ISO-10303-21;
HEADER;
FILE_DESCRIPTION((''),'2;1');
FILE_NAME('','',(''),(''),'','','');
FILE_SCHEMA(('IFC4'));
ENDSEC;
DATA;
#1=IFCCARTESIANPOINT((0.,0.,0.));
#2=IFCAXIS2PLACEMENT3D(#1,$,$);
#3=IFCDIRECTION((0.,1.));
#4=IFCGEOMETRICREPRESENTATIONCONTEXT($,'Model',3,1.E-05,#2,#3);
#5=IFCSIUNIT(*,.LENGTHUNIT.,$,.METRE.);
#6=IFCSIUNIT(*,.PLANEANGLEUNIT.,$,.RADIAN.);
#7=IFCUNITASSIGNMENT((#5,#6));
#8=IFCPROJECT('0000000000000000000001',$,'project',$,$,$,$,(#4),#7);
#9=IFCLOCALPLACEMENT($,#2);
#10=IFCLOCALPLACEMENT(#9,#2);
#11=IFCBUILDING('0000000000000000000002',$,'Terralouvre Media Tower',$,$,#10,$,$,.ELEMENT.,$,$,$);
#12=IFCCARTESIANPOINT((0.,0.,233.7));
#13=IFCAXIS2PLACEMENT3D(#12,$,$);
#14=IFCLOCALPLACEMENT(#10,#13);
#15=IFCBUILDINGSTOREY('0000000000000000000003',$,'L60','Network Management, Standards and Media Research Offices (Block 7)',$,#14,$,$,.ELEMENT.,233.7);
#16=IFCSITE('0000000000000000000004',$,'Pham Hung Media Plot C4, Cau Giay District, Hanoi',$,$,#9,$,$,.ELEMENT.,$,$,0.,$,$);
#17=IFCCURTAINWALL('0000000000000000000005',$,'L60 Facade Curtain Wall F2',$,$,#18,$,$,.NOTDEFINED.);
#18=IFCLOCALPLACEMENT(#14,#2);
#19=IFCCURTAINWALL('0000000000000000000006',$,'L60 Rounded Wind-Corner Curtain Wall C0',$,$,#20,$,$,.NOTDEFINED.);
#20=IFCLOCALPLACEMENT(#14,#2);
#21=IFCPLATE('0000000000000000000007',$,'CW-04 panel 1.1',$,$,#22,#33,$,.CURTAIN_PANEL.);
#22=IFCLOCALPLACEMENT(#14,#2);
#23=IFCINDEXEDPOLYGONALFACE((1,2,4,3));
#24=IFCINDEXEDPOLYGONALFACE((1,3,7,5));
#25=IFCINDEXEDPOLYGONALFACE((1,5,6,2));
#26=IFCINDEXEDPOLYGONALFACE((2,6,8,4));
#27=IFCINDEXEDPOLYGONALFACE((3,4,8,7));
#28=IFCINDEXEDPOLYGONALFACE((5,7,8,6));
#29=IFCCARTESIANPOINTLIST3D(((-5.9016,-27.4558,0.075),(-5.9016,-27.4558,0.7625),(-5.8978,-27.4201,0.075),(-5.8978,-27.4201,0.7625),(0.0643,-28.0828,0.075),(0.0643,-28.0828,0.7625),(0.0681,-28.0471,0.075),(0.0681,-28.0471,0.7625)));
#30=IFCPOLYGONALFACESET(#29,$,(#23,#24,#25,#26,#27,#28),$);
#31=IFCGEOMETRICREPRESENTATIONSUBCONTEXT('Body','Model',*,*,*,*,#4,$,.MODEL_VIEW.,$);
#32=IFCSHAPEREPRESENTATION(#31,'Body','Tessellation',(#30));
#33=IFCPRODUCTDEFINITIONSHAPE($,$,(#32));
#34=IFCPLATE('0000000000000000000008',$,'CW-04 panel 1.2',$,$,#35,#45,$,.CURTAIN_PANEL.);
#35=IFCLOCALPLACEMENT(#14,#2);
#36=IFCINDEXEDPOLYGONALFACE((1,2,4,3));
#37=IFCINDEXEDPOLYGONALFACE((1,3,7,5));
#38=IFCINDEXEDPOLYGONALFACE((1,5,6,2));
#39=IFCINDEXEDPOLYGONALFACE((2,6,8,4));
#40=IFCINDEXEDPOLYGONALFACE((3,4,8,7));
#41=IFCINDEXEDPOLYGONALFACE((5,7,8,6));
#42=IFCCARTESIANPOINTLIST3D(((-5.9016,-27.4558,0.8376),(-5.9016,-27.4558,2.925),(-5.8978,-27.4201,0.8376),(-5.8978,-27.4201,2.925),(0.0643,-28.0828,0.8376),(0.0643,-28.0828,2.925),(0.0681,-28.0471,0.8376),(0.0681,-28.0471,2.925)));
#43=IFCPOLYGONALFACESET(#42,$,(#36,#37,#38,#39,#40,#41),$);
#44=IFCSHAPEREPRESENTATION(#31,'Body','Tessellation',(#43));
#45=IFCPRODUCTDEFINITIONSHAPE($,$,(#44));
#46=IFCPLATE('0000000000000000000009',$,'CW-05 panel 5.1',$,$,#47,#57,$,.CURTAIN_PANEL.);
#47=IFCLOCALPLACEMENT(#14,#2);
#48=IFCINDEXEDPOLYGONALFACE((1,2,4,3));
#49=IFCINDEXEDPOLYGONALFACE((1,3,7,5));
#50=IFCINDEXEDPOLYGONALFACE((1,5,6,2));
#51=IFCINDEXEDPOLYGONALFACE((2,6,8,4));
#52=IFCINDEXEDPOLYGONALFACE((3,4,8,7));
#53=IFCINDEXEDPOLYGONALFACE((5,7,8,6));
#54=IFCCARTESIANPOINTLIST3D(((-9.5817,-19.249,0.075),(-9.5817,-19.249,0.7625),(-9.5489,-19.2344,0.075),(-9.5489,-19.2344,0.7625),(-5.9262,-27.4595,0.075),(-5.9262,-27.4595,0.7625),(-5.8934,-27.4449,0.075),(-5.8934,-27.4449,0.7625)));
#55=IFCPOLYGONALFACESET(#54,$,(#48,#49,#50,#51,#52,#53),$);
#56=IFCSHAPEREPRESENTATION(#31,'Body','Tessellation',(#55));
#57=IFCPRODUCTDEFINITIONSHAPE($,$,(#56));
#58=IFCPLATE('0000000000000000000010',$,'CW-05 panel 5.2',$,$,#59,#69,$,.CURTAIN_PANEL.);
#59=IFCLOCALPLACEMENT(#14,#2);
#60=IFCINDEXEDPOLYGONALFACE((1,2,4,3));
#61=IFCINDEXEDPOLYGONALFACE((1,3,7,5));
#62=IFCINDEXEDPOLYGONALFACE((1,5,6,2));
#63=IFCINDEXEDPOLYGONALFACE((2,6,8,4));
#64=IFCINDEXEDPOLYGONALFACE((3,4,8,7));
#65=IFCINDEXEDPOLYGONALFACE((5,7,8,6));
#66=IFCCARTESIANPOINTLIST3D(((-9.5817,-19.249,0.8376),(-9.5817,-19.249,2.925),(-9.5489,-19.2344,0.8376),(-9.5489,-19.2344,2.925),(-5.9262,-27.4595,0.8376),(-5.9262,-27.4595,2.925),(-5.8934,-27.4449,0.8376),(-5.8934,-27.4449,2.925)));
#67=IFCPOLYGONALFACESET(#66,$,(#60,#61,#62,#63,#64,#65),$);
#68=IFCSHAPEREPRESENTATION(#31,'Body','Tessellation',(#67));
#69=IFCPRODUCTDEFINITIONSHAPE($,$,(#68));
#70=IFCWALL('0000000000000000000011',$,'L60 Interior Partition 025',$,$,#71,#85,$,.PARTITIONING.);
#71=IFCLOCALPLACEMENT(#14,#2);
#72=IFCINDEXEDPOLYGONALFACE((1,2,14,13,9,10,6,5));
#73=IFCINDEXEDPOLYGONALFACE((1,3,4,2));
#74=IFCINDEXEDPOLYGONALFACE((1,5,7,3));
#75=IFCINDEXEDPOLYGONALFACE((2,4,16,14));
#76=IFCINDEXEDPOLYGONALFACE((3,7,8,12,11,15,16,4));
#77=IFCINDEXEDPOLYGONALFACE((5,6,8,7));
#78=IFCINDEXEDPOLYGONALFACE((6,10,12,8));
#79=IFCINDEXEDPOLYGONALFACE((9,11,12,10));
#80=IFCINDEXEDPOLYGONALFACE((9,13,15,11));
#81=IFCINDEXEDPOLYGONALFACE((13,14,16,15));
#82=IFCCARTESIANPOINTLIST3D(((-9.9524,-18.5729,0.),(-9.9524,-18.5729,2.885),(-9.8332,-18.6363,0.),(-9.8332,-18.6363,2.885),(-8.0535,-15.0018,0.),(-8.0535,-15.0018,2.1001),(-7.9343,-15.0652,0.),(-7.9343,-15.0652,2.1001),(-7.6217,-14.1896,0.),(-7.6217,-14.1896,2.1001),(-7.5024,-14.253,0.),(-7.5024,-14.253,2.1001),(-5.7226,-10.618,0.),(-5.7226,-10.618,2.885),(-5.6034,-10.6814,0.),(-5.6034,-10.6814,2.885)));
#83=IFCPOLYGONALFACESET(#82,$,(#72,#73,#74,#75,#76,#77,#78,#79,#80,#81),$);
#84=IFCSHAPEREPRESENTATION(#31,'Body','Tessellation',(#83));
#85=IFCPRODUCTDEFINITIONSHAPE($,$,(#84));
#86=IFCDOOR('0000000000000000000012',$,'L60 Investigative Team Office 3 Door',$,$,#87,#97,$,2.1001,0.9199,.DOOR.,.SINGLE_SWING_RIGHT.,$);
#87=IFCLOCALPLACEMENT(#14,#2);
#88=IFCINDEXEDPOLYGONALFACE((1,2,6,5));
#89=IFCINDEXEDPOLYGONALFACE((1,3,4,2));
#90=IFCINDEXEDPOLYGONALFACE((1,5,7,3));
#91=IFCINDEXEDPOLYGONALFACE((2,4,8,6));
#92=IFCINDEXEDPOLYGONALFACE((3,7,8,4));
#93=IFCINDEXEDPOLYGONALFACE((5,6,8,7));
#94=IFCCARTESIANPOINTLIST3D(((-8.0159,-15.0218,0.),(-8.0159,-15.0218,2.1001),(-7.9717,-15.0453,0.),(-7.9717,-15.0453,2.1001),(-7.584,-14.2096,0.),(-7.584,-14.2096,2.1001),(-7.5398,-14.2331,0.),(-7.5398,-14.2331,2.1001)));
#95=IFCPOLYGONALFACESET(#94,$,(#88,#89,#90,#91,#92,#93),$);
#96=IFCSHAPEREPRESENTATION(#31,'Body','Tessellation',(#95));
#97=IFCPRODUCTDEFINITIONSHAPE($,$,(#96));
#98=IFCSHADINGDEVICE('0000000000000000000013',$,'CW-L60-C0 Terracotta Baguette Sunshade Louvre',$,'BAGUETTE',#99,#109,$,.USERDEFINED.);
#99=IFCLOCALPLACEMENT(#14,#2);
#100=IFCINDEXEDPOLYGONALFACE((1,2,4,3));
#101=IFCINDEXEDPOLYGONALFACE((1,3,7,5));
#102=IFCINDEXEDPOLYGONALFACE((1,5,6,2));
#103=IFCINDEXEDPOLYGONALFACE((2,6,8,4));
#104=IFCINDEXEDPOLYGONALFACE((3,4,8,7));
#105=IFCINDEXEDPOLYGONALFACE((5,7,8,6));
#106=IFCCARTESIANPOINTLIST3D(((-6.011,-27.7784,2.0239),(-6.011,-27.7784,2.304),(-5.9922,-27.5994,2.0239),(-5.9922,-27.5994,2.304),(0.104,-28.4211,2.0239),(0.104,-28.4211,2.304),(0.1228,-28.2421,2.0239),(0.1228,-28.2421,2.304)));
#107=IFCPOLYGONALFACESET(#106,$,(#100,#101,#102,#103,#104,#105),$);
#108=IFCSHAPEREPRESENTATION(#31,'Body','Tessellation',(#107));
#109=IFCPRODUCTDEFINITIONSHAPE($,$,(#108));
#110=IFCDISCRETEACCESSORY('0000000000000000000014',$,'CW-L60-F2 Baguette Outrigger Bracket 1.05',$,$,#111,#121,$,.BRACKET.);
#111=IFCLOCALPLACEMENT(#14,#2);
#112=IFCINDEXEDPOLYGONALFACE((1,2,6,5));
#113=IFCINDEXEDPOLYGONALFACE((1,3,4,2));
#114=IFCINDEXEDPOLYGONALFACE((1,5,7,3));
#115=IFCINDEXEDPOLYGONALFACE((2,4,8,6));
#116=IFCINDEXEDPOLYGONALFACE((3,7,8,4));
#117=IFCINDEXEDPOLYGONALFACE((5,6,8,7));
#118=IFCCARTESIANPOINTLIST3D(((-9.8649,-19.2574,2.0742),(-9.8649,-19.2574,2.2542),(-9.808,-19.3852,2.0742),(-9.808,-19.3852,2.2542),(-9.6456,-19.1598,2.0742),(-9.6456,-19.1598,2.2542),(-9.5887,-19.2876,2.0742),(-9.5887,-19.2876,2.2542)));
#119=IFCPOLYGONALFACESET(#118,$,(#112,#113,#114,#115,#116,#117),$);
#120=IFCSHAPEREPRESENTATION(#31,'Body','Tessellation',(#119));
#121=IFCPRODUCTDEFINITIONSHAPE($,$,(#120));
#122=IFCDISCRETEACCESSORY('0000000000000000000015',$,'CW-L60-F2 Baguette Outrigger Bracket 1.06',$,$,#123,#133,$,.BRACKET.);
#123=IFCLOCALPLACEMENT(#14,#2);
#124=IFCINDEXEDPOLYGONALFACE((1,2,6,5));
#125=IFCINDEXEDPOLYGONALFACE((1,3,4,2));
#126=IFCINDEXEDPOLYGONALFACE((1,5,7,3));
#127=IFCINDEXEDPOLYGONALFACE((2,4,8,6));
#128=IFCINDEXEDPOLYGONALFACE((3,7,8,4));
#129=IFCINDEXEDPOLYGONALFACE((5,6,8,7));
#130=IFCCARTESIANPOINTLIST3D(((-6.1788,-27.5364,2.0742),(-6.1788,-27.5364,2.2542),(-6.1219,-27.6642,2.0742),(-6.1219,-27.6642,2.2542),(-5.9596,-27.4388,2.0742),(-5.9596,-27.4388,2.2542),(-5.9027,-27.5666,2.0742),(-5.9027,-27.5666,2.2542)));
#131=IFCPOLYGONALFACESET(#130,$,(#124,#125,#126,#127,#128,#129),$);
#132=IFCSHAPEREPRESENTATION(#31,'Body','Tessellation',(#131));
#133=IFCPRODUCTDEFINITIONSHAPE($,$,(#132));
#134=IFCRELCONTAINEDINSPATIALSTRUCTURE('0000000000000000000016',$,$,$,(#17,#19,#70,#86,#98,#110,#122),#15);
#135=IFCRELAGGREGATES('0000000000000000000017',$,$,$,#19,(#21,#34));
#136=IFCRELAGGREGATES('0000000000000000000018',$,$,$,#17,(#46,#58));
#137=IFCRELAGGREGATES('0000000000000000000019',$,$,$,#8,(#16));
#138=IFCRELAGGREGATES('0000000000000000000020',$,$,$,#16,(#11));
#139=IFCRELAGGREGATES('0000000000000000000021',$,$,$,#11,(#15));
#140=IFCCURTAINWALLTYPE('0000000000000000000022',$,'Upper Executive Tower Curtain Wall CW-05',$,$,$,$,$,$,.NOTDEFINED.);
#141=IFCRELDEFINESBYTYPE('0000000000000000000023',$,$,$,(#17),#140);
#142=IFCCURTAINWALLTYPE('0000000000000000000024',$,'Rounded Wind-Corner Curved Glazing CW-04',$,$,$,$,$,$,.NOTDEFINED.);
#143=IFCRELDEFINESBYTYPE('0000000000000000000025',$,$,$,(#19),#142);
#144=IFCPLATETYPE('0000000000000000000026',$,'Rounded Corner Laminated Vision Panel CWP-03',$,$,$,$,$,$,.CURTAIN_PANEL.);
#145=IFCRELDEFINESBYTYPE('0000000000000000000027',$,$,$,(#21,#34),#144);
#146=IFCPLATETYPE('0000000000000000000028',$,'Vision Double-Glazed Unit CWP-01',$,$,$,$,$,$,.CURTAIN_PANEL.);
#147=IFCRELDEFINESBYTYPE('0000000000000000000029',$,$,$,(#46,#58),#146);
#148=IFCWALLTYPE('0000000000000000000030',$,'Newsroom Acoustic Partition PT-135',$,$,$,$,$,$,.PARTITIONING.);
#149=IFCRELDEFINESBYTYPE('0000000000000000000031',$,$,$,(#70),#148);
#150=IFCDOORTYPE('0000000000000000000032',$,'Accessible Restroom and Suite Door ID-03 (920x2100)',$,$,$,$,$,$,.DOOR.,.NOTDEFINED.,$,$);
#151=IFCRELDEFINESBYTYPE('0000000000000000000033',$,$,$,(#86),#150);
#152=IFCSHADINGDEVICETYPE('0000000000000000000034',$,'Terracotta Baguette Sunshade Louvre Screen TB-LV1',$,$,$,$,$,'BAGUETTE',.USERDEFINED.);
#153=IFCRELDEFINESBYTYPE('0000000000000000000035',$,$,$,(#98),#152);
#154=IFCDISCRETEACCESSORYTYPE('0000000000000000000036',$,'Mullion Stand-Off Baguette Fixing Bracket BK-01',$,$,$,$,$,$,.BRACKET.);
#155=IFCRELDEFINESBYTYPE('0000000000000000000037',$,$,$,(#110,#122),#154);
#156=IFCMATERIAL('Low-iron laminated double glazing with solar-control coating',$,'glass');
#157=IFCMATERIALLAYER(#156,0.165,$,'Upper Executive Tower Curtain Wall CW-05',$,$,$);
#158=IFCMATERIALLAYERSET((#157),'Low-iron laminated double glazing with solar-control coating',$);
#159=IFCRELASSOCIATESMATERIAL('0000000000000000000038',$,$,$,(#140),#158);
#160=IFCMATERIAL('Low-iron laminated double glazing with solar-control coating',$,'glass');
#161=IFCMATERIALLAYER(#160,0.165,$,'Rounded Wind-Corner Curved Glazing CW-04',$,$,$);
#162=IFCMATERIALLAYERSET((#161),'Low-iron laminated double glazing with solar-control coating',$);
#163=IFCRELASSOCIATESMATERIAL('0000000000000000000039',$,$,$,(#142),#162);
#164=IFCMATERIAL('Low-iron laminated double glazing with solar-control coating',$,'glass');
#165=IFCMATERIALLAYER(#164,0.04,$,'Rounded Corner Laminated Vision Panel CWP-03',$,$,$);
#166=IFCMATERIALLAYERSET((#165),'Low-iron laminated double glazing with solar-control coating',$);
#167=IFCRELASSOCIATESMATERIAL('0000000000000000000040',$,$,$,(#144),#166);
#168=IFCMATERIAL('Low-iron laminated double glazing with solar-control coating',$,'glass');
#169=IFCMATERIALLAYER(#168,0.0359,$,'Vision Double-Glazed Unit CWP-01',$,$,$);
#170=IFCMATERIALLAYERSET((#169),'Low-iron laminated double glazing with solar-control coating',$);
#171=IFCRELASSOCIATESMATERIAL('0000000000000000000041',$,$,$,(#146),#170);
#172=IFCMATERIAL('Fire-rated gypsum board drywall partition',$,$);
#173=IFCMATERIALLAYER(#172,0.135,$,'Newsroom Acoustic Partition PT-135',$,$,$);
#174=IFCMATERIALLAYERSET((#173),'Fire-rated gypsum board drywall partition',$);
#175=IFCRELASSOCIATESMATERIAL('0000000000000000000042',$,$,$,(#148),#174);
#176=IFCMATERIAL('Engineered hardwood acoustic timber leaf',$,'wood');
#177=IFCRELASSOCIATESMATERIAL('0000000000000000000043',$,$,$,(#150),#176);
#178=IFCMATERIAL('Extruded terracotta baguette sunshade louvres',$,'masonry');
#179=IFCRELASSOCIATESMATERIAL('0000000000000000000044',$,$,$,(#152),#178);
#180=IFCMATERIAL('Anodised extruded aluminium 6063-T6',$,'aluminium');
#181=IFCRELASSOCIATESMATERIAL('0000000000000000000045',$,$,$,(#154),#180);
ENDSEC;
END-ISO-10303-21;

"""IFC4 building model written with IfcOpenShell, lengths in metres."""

from ifc_helpers import new_model, si_unit, direction, frame, frame_2d, origin, origin_2d, place, context, subcontext, project, spatial, rectangle, extrude, material, layer, layer_set, type_object, element, fill, aggregate, save


model = new_model("IFC4")

# Units and contexts
model_context = context("Model", 3, precision=1e-05, world=origin(), true_north=direction((0.0, 1.0)))
body_context = subcontext(model_context, "Body", "Model", "MODEL_VIEW")
ifc_project = project(units=[si_unit("LENGTHUNIT", "METRE"), si_unit("PLANEANGLEUNIT", "RADIAN")], contexts=[model_context])

# Site, building, storey
site_placement = place(None, origin())
site = spatial("IfcSite", under=ifc_project, at=site_placement, Name="Pham Hung Media Plot C4, Cau Giay District, Hanoi", CompositionType="ELEMENT", RefElevation=0.0)
building_placement = place(site_placement, origin())
building = spatial("IfcBuilding", under=site, at=building_placement, Name="Terralouvre Media Tower", CompositionType="ELEMENT")
storey_placement = place(building_placement, frame((0.0, 0.0, 233.7)))
storey = spatial("IfcBuildingStorey", under=building, at=storey_placement, Name="L60", Description="Network Management, Standards and Media Research Offices (Block 7)", CompositionType="ELEMENT", Elevation=233.7)

# Curtain walls
ifc_material_1 = material(Name="Low-iron laminated double glazing with solar-control coating", Category="glass")
ifc_layer_1 = layer(ifc_material_1, 0.165, Name="Upper Executive Tower Curtain Wall CW-05")
ifc_layer_set_1 = layer_set([ifc_layer_1], Name="Low-iron laminated double glazing with solar-control coating")
curtain_wall_type_1 = type_object("IfcCurtainWallType", Name="Upper Executive Tower Curtain Wall CW-05", PredefinedType="NOTDEFINED", material=ifc_layer_set_1)
curtain_wall_1_placement = place(storey_placement, origin())
curtain_wall_1 = element("IfcCurtainWall", 1, at=curtain_wall_1_placement, inside=storey, type_object=curtain_wall_type_1, Name="L60 Facade Curtain Wall F2", PredefinedType="NOTDEFINED")
ifc_material_2 = material(Name="Low-iron laminated double glazing with solar-control coating", Category="glass")
ifc_layer_2 = layer(ifc_material_2, 0.165, Name="Rounded Wind-Corner Curved Glazing CW-04")
ifc_layer_set_2 = layer_set([ifc_layer_2], Name="Low-iron laminated double glazing with solar-control coating")
curtain_wall_type_2 = type_object("IfcCurtainWallType", Name="Rounded Wind-Corner Curved Glazing CW-04", PredefinedType="NOTDEFINED", material=ifc_layer_set_2)
curtain_wall_2_placement = place(storey_placement, origin())
curtain_wall_2 = element("IfcCurtainWall", 2, at=curtain_wall_2_placement, inside=storey, type_object=curtain_wall_type_2, Name="L60 Rounded Wind-Corner Curtain Wall C0", PredefinedType="NOTDEFINED")

# Plates
ifc_material_3 = material(Name="Low-iron laminated double glazing with solar-control coating", Category="glass")
ifc_layer_3 = layer(ifc_material_3, 0.04, Name="Rounded Corner Laminated Vision Panel CWP-03")
ifc_layer_set_3 = layer_set([ifc_layer_3], Name="Low-iron laminated double glazing with solar-control coating")
plate_type_1 = type_object("IfcPlateType", Name="Rounded Corner Laminated Vision Panel CWP-03", PredefinedType="CURTAIN_PANEL", material=ifc_layer_set_3)
plate_1_placement = place(storey_placement, frame((-2.9167, -27.7515, 0.075), z_axis=(0.0, 0.0, 1.0), x_axis=(0.994522, -0.104528, 0.0)))
plate_1 = element("IfcPlate", 3, at=plate_1_placement, type_object=plate_type_1, Name="CW-04 panel 1.1", PredefinedType="CURTAIN_PANEL", context=body_context, shape_type="SweptSolid", body=[
    extrude(rectangle(XDim=5.9988, YDim=0.0359, at=origin_2d()), origin(), (0.0, 0.0, 1.0), 0.6875),
])
plate_2_placement = place(storey_placement, frame((-2.9167, -27.7515, 0.8376), z_axis=(0.0, 0.0, 1.0), x_axis=(0.994522, -0.104528, 0.0)))
plate_2 = element("IfcPlate", 4, at=plate_2_placement, type_object=plate_type_1, Name="CW-04 panel 1.2", PredefinedType="CURTAIN_PANEL", context=body_context, shape_type="SweptSolid", body=[
    extrude(rectangle(XDim=5.9988, YDim=0.0359, at=origin_2d()), origin(), (0.0, 0.0, 1.0), 2.0874),
])
aggregate(curtain_wall_2, [plate_1, plate_2])
ifc_material_4 = material(Name="Low-iron laminated double glazing with solar-control coating", Category="glass")
ifc_layer_4 = layer(ifc_material_4, 0.0359, Name="Vision Double-Glazed Unit CWP-01")
ifc_layer_set_4 = layer_set([ifc_layer_4], Name="Low-iron laminated double glazing with solar-control coating")
plate_type_2 = type_object("IfcPlateType", Name="Vision Double-Glazed Unit CWP-01", PredefinedType="CURTAIN_PANEL", material=ifc_layer_set_4)
plate_3_placement = place(storey_placement, frame((-7.7375, -23.3469, 0.075), z_axis=(0.0, 0.0, 1.0), x_axis=(0.406737, -0.913545, 0.0)))
plate_3 = element("IfcPlate", 5, at=plate_3_placement, type_object=plate_type_2, Name="CW-05 panel 5.1", PredefinedType="CURTAIN_PANEL", context=body_context, shape_type="SweptSolid", body=[
    extrude(rectangle(XDim=8.9875, YDim=0.0359, at=origin_2d()), origin(), (0.0, 0.0, 1.0), 0.6875),
])
plate_4_placement = place(storey_placement, frame((-7.7375, -23.3469, 0.8376), z_axis=(0.0, 0.0, 1.0), x_axis=(0.406737, -0.913545, 0.0)))
plate_4 = element("IfcPlate", 6, at=plate_4_placement, type_object=plate_type_2, Name="CW-05 panel 5.2", PredefinedType="CURTAIN_PANEL", context=body_context, shape_type="SweptSolid", body=[
    extrude(rectangle(XDim=8.9875, YDim=0.0359, at=origin_2d()), origin(), (0.0, 0.0, 1.0), 2.0874),
])
aggregate(curtain_wall_1, [plate_3, plate_4])

# Wall, opening, door
ifc_material_5 = material(Name="Fire-rated gypsum board drywall partition")
ifc_layer_5 = layer(ifc_material_5, 0.135, Name="Newsroom Acoustic Partition PT-135")
ifc_layer_set_5 = layer_set([ifc_layer_5], Name="Fire-rated gypsum board drywall partition")
wall_type = type_object("IfcWallType", Name="Newsroom Acoustic Partition PT-135", PredefinedType="PARTITIONING", material=ifc_layer_set_5)
wall_placement = place(storey_placement, frame((-9.8928, -18.6047, 0.0), z_axis=(0.0, 0.0, 1.0), x_axis=(0.469478, 0.882944, 0.0)))
wall = element("IfcWall", 7, at=wall_placement, inside=storey, type_object=wall_type, Name="L60 Interior Partition 025", PredefinedType="PARTITIONING", context=body_context, shape_type="SweptSolid", body=[
    extrude(rectangle(XDim=9.0095, YDim=0.135, at=frame_2d((4.5049, 0.0))), origin(), (0.0, 0.0, 1.0), 2.885),
])
opening_placement = place(wall_placement, frame((4.0447, 0.0, 0.0)))
opening = element("IfcOpeningElement", 8, at=opening_placement, cuts=wall, PredefinedType="OPENING", context=body_context, shape_type="SweptSolid", body=[
    extrude(rectangle(XDim=0.9199, YDim=2.1001, at=frame_2d((0.46, 1.05))), frame((0.0, 0.0774, 0.0), z_axis=(0.0, -1.0, 0.0), x_axis=(1.0, 0.0, 0.0)), (0.0, 0.0, 1.0), 0.155),
])
ifc_material_6 = material(Name="Engineered hardwood acoustic timber leaf", Category="wood")
door_type = type_object("IfcDoorType", Name="Accessible Restroom and Suite Door ID-03 (920x2100)", OperationType="NOTDEFINED", PredefinedType="DOOR", material=ifc_material_6)
door_placement = place(opening_placement, origin())
door = element("IfcDoor", 9, at=door_placement, inside=storey, type_object=door_type, Name="L60 Investigative Team Office 3 Door", OperationType="SINGLE_SWING_RIGHT", OverallHeight=2.1001, OverallWidth=0.9199, PredefinedType="DOOR", context=body_context, shape_type="SweptSolid", body=[
    extrude(rectangle(XDim=0.9199, YDim=2.1001, at=frame_2d((0.46, 1.05))), frame((0.0, 0.0249, 0.0), z_axis=(0.0, -1.0, 0.0), x_axis=(1.0, 0.0, 0.0)), (0.0, 0.0, 1.0), 0.05),
])
fill(opening, door)

# Shading device
ifc_material_7 = material(Name="Extruded terracotta baguette sunshade louvres", Category="masonry")
shading_device_type = type_object("IfcShadingDeviceType", Name="Terracotta Baguette Sunshade Louvre Screen TB-LV1", ElementType="BAGUETTE", PredefinedType="USERDEFINED", material=ifc_material_7)
shading_device_placement = place(storey_placement, frame((-2.9441, -28.0103, 2.0239), z_axis=(0.0, 0.0, 1.0), x_axis=(0.994522, -0.104528, 0.0)))
element("IfcShadingDevice", 10, at=shading_device_placement, inside=storey, type_object=shading_device_type, Name="CW-L60-C0 Terracotta Baguette Sunshade Louvre", ObjectType="BAGUETTE", PredefinedType="USERDEFINED", context=body_context, shape_type="SweptSolid", body=[
    extrude(rectangle(XDim=6.1487, YDim=0.1799, at=origin_2d()), origin(), (0.0, 0.0, 1.0), 0.28),
])

# Discrete accessories
ifc_material_8 = material(Name="Anodised extruded aluminium 6063-T6", Category="aluminium")
discrete_accessory_type = type_object("IfcDiscreteAccessoryType", Name="Mullion Stand-Off Baguette Fixing Bracket BK-01", PredefinedType="BRACKET", material=ifc_material_8)
for number, where, z_axis, x_axis, name in (
    (11, (-9.7268, -19.2725, 2.0742), (0.0, 0.0, 1.0), (0.406737, -0.913545, 0.0), "CW-L60-F2 Baguette Outrigger Bracket 1.05"),
    (12, (-6.0408, -27.5515, 2.0742), (0.0, 0.0, 1.0), (0.406737, -0.913545, 0.0), "CW-L60-F2 Baguette Outrigger Bracket 1.06"),
):
    element("IfcDiscreteAccessory", number, at=place(storey_placement, frame(where, z_axis=z_axis, x_axis=x_axis)), inside=storey, type_object=discrete_accessory_type, Name=name, PredefinedType="BRACKET", context=body_context, shape_type="SweptSolid", body=[
        extrude(rectangle(XDim=0.1399, YDim=0.24, at=origin_2d()), origin(), (0.0, 0.0, 1.0), 0.1799),
    ])

save(model, "model.ifc")
